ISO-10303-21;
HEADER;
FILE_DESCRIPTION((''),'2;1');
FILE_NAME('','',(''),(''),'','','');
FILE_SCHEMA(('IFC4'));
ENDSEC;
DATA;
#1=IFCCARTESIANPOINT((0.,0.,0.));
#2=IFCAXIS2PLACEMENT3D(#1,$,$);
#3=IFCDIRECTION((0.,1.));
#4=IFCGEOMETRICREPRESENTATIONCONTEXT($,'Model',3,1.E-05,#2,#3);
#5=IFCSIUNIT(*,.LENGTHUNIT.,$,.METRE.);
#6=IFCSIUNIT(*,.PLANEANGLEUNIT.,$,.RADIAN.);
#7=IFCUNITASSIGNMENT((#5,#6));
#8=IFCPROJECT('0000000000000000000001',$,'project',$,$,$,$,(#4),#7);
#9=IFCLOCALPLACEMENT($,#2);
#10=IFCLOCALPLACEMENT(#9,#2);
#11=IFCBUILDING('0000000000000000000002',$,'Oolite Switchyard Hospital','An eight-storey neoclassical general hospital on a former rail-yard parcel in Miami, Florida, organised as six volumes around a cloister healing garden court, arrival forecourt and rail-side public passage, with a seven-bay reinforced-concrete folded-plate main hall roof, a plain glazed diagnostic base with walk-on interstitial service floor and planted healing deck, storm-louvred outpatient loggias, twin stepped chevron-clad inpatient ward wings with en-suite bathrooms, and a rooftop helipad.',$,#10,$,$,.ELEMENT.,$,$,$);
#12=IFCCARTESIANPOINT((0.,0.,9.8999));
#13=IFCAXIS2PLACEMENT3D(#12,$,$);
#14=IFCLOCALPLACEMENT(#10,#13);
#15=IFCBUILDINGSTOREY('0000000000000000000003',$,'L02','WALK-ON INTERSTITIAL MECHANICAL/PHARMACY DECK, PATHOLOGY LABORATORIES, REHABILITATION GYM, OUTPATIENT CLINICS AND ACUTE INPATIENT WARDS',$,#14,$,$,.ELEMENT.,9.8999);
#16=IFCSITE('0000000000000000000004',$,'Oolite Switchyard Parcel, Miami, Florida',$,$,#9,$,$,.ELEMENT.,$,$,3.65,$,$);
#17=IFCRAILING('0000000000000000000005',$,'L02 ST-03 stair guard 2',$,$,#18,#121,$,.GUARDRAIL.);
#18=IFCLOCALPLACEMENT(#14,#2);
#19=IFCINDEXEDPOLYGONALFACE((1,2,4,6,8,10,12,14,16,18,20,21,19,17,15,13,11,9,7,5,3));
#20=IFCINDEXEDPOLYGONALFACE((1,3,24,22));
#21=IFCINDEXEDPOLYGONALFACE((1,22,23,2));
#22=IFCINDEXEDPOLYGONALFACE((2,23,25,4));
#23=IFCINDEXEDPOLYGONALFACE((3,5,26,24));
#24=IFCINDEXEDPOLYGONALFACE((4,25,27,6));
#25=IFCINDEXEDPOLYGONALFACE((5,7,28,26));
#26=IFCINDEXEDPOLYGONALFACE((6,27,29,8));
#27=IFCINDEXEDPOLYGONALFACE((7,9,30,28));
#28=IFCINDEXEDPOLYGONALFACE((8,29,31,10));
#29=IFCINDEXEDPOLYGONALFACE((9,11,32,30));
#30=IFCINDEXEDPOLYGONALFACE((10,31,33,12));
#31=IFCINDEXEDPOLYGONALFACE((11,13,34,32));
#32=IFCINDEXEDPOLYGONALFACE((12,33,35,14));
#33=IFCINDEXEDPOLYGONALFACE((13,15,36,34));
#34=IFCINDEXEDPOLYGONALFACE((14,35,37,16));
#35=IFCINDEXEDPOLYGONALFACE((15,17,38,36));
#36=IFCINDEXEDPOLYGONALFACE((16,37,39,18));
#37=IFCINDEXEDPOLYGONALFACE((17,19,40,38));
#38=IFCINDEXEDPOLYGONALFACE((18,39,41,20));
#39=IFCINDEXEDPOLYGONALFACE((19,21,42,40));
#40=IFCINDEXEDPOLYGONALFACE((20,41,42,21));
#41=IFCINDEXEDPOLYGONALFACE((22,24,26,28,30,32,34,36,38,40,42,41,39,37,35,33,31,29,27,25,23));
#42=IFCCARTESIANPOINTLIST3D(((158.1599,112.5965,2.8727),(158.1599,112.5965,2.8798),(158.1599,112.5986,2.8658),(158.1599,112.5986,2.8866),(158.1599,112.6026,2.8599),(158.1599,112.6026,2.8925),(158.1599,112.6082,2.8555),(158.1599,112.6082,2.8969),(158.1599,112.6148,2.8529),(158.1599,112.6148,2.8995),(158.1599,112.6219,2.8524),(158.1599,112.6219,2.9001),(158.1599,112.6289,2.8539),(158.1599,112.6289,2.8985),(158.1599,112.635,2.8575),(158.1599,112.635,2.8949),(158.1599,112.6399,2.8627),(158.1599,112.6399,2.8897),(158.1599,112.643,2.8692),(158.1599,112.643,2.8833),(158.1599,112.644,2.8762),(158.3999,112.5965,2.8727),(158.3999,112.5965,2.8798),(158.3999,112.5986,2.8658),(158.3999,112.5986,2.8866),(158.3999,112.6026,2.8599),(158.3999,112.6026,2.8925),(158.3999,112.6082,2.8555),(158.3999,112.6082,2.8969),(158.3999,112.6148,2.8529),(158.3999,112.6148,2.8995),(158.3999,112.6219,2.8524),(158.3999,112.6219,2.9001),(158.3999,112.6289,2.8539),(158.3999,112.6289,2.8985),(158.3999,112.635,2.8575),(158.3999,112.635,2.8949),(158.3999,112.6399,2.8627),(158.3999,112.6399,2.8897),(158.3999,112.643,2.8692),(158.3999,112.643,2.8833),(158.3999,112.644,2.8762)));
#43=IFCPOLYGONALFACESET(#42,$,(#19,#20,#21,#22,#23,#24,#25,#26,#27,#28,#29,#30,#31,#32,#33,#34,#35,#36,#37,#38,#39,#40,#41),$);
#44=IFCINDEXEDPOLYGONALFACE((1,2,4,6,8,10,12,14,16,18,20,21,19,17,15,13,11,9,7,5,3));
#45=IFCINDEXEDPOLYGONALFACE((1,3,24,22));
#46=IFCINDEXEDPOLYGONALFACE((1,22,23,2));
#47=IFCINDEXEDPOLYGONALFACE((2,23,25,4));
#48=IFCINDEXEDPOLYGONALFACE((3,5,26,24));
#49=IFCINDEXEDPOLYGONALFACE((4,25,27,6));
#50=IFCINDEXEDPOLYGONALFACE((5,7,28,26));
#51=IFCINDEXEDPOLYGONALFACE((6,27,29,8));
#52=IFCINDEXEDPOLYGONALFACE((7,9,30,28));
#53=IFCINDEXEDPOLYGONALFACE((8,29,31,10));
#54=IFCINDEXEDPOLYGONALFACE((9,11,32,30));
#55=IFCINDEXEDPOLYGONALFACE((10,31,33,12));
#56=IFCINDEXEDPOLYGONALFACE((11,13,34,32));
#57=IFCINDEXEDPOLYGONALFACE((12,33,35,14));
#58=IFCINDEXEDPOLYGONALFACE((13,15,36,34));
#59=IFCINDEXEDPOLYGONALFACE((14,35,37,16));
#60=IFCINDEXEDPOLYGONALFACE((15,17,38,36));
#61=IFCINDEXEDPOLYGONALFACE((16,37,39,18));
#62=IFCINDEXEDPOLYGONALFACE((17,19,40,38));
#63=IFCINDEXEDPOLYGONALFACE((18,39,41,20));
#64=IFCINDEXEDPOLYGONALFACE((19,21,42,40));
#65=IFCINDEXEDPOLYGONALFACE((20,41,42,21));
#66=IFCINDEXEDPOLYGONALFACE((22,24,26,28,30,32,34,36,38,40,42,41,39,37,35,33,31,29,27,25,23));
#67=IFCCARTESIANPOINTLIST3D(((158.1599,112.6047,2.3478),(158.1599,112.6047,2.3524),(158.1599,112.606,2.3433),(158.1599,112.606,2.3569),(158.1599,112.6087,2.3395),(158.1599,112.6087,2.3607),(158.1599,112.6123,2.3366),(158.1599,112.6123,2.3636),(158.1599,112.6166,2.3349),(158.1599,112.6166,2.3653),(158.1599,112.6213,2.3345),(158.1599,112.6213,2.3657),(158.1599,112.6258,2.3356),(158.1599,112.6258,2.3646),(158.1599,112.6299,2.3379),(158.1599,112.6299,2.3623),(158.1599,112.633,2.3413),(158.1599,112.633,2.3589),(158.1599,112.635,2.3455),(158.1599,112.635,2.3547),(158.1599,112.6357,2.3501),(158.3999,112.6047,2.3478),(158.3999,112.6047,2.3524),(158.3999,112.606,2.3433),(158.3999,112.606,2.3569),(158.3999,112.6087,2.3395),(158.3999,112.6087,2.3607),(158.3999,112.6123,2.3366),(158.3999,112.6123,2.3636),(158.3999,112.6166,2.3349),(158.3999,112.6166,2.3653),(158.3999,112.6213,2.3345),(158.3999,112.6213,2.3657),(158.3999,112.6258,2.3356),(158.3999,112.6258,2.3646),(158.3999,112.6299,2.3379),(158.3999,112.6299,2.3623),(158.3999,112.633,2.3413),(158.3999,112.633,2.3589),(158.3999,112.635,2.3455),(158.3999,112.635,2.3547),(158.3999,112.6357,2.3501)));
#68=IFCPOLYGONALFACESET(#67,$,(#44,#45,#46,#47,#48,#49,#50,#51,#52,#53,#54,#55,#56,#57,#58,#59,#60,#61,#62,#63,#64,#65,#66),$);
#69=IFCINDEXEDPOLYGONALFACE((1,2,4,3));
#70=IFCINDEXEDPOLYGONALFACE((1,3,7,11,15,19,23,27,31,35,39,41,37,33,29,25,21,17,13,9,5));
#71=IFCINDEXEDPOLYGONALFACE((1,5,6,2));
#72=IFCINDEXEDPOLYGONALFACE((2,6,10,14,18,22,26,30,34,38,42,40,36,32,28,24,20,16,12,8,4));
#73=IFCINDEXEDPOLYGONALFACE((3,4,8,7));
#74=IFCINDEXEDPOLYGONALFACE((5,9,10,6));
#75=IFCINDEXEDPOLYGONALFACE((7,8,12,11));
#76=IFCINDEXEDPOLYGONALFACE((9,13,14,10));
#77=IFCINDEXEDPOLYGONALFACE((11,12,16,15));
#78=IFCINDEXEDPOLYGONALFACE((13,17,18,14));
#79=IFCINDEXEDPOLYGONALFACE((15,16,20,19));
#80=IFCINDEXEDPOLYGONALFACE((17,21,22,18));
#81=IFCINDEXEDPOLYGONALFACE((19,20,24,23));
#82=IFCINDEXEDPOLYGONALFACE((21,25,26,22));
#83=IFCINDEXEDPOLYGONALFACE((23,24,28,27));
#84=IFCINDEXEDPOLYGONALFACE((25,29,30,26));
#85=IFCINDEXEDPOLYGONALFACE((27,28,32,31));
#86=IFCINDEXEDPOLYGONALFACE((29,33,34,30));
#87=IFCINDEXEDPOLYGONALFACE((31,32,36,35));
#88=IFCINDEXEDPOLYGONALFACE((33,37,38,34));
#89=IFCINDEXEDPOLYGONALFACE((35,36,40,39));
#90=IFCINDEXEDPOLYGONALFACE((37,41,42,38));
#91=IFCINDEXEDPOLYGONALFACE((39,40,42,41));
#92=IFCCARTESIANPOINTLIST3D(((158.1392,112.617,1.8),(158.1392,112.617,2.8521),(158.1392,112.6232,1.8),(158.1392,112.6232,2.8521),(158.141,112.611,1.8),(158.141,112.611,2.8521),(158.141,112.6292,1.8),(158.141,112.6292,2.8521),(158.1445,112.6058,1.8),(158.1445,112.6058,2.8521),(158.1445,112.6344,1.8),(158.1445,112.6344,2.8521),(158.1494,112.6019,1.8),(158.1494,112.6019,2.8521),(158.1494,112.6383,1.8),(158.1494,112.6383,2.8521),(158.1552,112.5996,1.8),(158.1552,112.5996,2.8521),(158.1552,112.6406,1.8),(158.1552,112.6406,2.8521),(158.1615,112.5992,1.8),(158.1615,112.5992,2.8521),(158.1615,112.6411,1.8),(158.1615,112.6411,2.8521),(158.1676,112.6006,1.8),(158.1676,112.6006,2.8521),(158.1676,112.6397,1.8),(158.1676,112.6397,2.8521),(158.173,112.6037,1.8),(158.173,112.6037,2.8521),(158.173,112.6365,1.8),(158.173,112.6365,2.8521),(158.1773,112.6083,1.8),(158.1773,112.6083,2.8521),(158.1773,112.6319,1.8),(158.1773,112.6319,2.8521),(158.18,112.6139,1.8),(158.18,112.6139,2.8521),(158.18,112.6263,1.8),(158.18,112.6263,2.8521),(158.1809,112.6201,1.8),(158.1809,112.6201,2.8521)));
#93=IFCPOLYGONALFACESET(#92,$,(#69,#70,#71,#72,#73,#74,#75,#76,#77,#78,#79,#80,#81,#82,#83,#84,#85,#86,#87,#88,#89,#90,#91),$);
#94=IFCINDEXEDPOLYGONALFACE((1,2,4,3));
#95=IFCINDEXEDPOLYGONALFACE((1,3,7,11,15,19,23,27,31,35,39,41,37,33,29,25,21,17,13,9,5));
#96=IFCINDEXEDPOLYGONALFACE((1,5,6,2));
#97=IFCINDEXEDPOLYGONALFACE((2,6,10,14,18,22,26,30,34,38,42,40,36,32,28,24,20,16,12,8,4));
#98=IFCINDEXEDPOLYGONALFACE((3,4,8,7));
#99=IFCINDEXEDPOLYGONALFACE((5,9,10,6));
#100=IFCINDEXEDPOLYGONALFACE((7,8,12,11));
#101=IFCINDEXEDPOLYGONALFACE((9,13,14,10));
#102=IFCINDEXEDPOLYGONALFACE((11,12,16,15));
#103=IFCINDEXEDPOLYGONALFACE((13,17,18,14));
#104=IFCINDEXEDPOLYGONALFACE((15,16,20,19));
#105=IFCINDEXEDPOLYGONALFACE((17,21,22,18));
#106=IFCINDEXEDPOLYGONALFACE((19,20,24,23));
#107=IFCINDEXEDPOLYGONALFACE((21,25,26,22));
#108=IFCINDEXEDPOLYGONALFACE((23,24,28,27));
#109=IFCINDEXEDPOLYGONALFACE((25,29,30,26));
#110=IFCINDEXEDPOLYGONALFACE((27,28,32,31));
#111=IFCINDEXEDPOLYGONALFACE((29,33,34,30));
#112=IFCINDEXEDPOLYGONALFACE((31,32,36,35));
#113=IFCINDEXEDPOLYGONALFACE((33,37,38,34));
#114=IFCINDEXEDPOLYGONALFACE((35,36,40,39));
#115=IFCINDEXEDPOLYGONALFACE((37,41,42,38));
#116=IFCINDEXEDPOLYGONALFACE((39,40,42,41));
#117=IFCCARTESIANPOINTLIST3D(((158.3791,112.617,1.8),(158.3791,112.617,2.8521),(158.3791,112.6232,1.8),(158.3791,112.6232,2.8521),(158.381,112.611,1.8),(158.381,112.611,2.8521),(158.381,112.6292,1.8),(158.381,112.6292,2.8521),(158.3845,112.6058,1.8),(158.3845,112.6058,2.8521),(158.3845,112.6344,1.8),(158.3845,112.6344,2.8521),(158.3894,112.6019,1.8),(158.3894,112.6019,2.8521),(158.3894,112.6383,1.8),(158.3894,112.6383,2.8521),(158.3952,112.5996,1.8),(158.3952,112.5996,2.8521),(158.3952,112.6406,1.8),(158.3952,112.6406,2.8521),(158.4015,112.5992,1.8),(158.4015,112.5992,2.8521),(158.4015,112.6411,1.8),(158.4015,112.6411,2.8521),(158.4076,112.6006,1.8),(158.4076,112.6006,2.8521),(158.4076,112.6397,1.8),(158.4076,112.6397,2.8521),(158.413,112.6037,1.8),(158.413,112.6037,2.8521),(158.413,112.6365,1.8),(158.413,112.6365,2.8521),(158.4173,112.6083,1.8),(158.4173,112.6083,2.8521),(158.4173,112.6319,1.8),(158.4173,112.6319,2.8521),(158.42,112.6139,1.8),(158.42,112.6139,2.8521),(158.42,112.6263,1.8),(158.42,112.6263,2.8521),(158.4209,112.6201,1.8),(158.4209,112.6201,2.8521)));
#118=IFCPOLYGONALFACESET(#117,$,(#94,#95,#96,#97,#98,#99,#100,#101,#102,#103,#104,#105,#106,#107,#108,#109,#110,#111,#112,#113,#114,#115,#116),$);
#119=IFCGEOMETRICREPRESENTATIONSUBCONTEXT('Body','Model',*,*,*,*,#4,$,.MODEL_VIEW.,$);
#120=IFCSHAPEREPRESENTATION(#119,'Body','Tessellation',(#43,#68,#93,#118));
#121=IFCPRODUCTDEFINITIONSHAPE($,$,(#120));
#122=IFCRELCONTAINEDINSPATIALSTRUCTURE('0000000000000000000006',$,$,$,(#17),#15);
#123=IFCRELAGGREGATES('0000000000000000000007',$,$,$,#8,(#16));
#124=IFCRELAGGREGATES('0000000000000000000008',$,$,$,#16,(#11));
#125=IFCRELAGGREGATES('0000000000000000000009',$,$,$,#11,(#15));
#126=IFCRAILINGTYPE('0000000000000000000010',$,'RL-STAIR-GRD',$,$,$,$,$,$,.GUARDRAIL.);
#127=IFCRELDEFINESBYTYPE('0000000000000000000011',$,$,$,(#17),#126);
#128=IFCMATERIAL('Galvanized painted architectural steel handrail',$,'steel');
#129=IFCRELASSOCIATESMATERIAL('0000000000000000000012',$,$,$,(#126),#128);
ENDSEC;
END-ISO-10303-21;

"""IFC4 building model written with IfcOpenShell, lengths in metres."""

from ifc_helpers import new_model, si_unit, direction, frame, origin, origin_2d, place, context, subcontext, project, spatial, circle, extrude, material, type_object, element, save


model = new_model("IFC4")

# Units and contexts
model_context = context("Model", 3, precision=1e-05, world=origin(), true_north=direction((0.0, 1.0)))
body_context = subcontext(model_context, "Body", "Model", "MODEL_VIEW")
ifc_project = project(units=[si_unit("LENGTHUNIT", "METRE"), si_unit("PLANEANGLEUNIT", "RADIAN")], contexts=[model_context])

# Site, building, storey
site_placement = place(None, origin())
site = spatial("IfcSite", under=ifc_project, at=site_placement, Name="Oolite Switchyard Parcel, Miami, Florida", CompositionType="ELEMENT", RefElevation=3.65)
building_placement = place(site_placement, origin())
building = spatial("IfcBuilding", under=site, at=building_placement, Name="Oolite Switchyard Hospital", Description="An eight-storey neoclassical general hospital on a former rail-yard parcel in Miami, Florida, organised as six volumes around a cloister healing garden court, arrival forecourt and rail-side public passage, with a seven-bay reinforced-concrete folded-plate main hall roof, a plain glazed diagnostic base with walk-on interstitial service floor and planted healing deck, storm-louvred outpatient loggias, twin stepped chevron-clad inpatient ward wings with en-suite bathrooms, and a rooftop helipad.", CompositionType="ELEMENT")
storey_placement = place(building_placement, frame((0.0, 0.0, 9.8999)))
storey = spatial("IfcBuildingStorey", under=building, at=storey_placement, Name="L02", Description="WALK-ON INTERSTITIAL MECHANICAL/PHARMACY DECK, PATHOLOGY LABORATORIES, REHABILITATION GYM, OUTPATIENT CLINICS AND ACUTE INPATIENT WARDS", CompositionType="ELEMENT", Elevation=9.8999)

# Railing
ifc_material_1 = material(Name="Galvanized painted architectural steel handrail", Category="steel")
railing_type_1 = type_object("IfcRailingType", Name="RL-STAIR-GRD", PredefinedType="GUARDRAIL", material=ifc_material_1)
railing_1_placement = place(storey_placement, frame((158.1599, 112.6201, 1.8)))
element("IfcRailing", 1, at=railing_1_placement, inside=storey, type_object=railing_type_1, Name="L02 ST-03 stair guard 2", PredefinedType="GUARDRAIL", context=body_context, shape_type="SweptSolid", body=[
    extrude(circle(Radius=0.0239, at=origin_2d()), frame((0.0, 0.0, 1.0762), z_axis=(1.0, 0.0, 0.0), x_axis=(0.0, 1.0, 0.0)), (0.0, 0.0, 1.0), 0.24),
    extrude(circle(Radius=0.0156, at=origin_2d()), frame((0.0, 0.0, 0.55), z_axis=(1.0, 0.0, 0.0), x_axis=(0.0, 1.0, 0.0)), (0.0, 0.0, 1.0), 0.24),
    extrude(circle(Radius=0.021, at=origin_2d()), origin(), (0.0, 0.0, 1.0), 1.052),
    extrude(circle(Radius=0.021, at=origin_2d()), frame((0.24, 0.0, 0.0)), (0.0, 0.0, 1.0), 1.052),
])

save(model, "model.ifc")
